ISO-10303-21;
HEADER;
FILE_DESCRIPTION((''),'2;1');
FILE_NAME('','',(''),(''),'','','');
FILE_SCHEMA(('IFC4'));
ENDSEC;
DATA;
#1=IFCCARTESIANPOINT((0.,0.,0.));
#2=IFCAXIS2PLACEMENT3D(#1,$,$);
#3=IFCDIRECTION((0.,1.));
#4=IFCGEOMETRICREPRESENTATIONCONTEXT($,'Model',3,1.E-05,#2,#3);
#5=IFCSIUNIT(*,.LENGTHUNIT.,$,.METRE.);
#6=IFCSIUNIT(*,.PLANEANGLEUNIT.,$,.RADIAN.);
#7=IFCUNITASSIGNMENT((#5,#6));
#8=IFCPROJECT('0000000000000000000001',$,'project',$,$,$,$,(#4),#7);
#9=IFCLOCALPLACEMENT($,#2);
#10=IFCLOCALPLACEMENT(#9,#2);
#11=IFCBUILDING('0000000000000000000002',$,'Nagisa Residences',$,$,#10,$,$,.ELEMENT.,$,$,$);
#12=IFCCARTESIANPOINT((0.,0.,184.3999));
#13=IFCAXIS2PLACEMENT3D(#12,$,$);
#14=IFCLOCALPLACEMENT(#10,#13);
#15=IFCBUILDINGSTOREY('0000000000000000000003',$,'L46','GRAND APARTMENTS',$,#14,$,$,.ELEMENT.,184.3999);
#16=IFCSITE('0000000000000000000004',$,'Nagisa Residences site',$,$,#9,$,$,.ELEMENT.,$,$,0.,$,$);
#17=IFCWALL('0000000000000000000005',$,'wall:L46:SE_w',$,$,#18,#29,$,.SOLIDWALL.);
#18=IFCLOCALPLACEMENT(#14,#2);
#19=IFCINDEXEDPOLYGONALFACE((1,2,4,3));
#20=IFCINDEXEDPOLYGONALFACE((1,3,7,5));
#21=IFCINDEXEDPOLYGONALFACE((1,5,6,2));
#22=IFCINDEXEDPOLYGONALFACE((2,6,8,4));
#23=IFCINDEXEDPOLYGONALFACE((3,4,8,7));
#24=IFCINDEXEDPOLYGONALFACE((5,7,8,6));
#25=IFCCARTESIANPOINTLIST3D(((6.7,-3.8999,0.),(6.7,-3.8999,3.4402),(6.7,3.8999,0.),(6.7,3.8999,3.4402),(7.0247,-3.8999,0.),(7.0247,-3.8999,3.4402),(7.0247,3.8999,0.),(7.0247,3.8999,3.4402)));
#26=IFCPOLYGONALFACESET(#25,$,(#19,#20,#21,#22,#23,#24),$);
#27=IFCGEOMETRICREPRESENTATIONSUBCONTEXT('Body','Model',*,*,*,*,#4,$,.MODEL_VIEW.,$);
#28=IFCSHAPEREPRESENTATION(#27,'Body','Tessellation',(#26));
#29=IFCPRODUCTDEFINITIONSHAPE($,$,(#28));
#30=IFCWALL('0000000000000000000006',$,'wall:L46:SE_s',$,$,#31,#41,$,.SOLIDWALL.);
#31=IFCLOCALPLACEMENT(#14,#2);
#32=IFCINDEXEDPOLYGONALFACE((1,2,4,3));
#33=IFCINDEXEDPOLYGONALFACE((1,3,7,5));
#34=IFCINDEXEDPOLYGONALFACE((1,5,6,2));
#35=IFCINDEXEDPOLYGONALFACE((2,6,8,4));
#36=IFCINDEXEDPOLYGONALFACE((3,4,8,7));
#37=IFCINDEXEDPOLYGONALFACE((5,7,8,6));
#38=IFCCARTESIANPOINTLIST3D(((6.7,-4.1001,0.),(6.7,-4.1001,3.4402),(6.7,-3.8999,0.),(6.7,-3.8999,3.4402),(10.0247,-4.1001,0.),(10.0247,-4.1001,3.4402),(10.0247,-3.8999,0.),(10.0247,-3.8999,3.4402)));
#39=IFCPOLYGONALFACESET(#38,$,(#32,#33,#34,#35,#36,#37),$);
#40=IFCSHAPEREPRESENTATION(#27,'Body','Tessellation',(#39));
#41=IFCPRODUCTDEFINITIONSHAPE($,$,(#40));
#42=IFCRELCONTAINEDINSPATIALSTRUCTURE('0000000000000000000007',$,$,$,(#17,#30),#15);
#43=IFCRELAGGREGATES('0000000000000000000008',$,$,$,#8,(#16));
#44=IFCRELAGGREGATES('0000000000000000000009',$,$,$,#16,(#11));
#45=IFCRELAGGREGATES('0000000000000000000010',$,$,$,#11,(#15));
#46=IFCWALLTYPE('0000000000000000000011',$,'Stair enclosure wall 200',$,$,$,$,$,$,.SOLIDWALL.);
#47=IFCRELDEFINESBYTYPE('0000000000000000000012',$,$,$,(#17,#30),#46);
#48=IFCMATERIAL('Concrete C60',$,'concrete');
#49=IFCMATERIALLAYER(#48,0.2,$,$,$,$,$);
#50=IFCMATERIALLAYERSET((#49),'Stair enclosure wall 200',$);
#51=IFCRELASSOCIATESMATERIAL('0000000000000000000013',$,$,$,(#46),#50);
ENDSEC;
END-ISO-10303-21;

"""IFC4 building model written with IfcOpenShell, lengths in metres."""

from ifc_helpers import new_model, si_unit, direction, frame, origin, place, context, subcontext, project, spatial, polyline, outline, extrude, material, layer, layer_set, type_object, element, save


model = new_model("IFC4")

# Units and contexts
model_context = context("Model", 3, precision=1e-05, world=origin(), true_north=direction((0.0, 1.0)))
body_context = subcontext(model_context, "Body", "Model", "MODEL_VIEW")
ifc_project = project(units=[si_unit("LENGTHUNIT", "METRE"), si_unit("PLANEANGLEUNIT", "RADIAN")], contexts=[model_context])

# Site, building, storey
site_placement = place(None, origin())
site = spatial("IfcSite", under=ifc_project, at=site_placement, Name="Nagisa Residences site", CompositionType="ELEMENT", RefElevation=0.0)
building_placement = place(site_placement, origin())
building = spatial("IfcBuilding", under=site, at=building_placement, Name="Nagisa Residences", CompositionType="ELEMENT")
storey_placement = place(building_placement, frame((0.0, 0.0, 184.3999)))
storey = spatial("IfcBuildingStorey", under=building, at=storey_placement, Name="L46", Description="GRAND APARTMENTS", CompositionType="ELEMENT", Elevation=184.3999)

# Walls
ifc_material_1 = material(Name="Concrete C60", Category="concrete")
ifc_layer_1 = layer(ifc_material_1, 0.2)
ifc_layer_set_1 = layer_set([ifc_layer_1], Name="Stair enclosure wall 200")
wall_type_1 = type_object("IfcWallType", Name="Stair enclosure wall 200", PredefinedType="SOLIDWALL", material=ifc_layer_set_1)
wall_1_placement = place(storey_placement, origin())
element("IfcWall", 1, at=wall_1_placement, inside=storey, type_object=wall_type_1, Name="wall:L46:SE_w", PredefinedType="SOLIDWALL", context=body_context, shape_type="SweptSolid", body=[
    extrude(outline(polyline([(7.0247, -3.8999), (6.7, -3.8999), (6.7, 3.8999), (7.0247, 3.8999), (7.0247, -3.8999)])), origin(), (0.0, 0.0, 1.0), 3.4402),
])
wall_2_placement = place(storey_placement, origin())
element("IfcWall", 2, at=wall_2_placement, inside=storey, type_object=wall_type_1, Name="wall:L46:SE_s", PredefinedType="SOLIDWALL", context=body_context, shape_type="SweptSolid", body=[
    extrude(outline(polyline([(10.0247, -4.1001), (6.7, -4.1001), (6.7, -3.8999), (10.0247, -3.8999), (10.0247, -4.1001)])), origin(), (0.0, 0.0, 1.0), 3.4402),
])

save(model, "model.ifc")
